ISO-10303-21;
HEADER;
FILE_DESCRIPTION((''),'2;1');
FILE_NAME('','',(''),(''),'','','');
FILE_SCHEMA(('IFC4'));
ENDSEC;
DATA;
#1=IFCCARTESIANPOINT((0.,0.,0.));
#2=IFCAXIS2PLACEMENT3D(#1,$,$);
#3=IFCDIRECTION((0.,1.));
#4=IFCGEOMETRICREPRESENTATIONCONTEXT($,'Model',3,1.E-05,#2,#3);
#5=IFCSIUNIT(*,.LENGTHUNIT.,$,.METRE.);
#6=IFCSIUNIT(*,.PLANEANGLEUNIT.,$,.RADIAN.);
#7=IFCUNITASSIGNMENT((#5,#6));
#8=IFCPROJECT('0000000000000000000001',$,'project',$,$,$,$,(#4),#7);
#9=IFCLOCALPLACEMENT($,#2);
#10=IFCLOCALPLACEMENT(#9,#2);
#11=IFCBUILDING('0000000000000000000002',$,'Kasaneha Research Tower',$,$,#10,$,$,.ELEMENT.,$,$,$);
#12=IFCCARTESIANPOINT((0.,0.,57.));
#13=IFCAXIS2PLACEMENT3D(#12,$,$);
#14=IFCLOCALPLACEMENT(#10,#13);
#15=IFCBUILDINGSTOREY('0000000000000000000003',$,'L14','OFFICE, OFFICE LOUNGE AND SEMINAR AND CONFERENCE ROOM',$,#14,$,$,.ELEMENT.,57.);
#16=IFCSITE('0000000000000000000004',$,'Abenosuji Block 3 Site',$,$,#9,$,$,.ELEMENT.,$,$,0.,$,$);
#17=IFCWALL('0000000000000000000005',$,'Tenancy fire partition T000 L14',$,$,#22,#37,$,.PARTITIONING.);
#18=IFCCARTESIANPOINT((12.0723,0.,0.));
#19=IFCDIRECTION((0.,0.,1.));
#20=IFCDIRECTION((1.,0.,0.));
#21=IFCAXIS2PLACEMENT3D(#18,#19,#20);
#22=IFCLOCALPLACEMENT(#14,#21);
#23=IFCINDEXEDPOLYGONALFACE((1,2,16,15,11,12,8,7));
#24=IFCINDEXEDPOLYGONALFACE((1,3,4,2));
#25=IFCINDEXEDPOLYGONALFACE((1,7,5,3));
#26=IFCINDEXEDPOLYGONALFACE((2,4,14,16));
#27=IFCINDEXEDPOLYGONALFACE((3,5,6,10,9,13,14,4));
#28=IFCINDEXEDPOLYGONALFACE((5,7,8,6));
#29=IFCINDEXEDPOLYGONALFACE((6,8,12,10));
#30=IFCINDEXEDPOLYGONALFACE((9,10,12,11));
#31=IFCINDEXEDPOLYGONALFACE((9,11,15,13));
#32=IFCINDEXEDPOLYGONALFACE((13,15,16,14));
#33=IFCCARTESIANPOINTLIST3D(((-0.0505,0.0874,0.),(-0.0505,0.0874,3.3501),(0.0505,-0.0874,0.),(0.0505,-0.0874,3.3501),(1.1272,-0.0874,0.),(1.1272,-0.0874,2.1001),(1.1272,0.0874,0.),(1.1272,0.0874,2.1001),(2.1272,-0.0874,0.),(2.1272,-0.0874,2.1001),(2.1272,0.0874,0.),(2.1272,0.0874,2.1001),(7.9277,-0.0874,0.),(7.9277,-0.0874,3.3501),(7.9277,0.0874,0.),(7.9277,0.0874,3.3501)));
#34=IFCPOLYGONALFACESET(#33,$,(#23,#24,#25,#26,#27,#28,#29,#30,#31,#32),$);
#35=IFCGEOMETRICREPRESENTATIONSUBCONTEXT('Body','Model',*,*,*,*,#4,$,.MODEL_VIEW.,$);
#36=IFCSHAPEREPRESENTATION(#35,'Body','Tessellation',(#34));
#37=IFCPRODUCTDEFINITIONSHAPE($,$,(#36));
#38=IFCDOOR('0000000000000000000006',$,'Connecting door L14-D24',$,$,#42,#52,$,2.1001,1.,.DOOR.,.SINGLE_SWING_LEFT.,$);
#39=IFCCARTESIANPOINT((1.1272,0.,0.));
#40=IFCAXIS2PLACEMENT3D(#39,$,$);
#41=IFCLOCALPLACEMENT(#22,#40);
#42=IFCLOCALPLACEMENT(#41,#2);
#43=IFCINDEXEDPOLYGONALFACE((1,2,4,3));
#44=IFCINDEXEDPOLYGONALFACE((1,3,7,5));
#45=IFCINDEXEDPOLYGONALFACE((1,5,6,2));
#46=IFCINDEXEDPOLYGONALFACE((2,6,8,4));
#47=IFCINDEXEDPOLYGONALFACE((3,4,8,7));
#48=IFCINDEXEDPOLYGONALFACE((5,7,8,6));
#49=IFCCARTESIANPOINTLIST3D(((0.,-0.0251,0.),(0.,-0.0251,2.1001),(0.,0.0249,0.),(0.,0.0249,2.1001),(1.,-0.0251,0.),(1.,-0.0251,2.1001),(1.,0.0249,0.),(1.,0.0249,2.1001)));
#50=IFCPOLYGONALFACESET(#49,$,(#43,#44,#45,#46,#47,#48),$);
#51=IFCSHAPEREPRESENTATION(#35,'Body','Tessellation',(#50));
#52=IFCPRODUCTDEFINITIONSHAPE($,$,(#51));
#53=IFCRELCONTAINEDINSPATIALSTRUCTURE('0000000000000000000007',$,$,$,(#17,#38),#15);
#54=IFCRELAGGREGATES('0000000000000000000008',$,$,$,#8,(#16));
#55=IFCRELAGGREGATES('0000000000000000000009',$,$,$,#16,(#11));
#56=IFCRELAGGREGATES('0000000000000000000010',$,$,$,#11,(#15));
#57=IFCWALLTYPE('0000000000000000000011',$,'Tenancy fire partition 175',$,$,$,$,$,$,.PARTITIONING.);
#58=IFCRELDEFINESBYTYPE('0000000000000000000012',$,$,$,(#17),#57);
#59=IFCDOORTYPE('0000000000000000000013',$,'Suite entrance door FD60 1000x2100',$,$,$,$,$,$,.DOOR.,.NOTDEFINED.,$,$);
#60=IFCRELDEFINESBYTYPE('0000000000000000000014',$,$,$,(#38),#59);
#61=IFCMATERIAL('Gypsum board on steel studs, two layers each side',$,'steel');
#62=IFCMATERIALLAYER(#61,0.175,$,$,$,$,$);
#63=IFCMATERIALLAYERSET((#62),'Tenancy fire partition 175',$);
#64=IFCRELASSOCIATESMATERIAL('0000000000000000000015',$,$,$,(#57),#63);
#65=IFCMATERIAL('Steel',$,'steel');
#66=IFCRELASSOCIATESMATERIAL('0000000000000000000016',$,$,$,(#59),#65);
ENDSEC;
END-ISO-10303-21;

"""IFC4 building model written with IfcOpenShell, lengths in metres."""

from ifc_helpers import new_model, si_unit, direction, frame, frame_2d, origin, place, context, subcontext, project, spatial, polyline, rectangle, outline, extrude, material, layer, layer_set, type_object, element, fill, save


model = new_model("IFC4")

# Units and contexts
model_context = context("Model", 3, precision=1e-05, world=origin(), true_north=direction((0.0, 1.0)))
body_context = subcontext(model_context, "Body", "Model", "MODEL_VIEW")
ifc_project = project(units=[si_unit("LENGTHUNIT", "METRE"), si_unit("PLANEANGLEUNIT", "RADIAN")], contexts=[model_context])

# Site, building, storey
site_placement = place(None, origin())
site = spatial("IfcSite", under=ifc_project, at=site_placement, Name="Abenosuji Block 3 Site", CompositionType="ELEMENT", RefElevation=0.0)
building_placement = place(site_placement, origin())
building = spatial("IfcBuilding", under=site, at=building_placement, Name="Kasaneha Research Tower", CompositionType="ELEMENT")
storey_placement = place(building_placement, frame((0.0, 0.0, 57.0)))
storey = spatial("IfcBuildingStorey", under=building, at=storey_placement, Name="L14", Description="OFFICE, OFFICE LOUNGE AND SEMINAR AND CONFERENCE ROOM", CompositionType="ELEMENT", Elevation=57.0)

# Wall, opening, door
ifc_material_1 = material(Name="Gypsum board on steel studs, two layers each side", Category="steel")
ifc_layer_1 = layer(ifc_material_1, 0.175)
ifc_layer_set_1 = layer_set([ifc_layer_1], Name="Tenancy fire partition 175")
wall_type_1 = type_object("IfcWallType", Name="Tenancy fire partition 175", PredefinedType="PARTITIONING", material=ifc_layer_set_1)
wall_1_placement = place(storey_placement, frame((12.0723, 0.0, 0.0), z_axis=(0.0, 0.0, 1.0), x_axis=(1.0, 0.0, 0.0)))
wall_1 = element("IfcWall", 1, at=wall_1_placement, inside=storey, type_object=wall_type_1, Name="Tenancy fire partition T000 L14", PredefinedType="PARTITIONING", context=body_context, shape_type="SweptSolid", body=[
    extrude(outline(polyline([(0.0505, -0.0874), (1.1272, -0.0874), (2.1272, -0.0874), (7.9277, -0.0874), (7.9277, 0.0874), (2.1272, 0.0874), (1.1272, 0.0874), (-0.0505, 0.0874), (0.0505, -0.0874)])), origin(), (0.0, 0.0, 1.0), 3.3501),
])
opening_1_placement = place(wall_1_placement, frame((1.1272, 0.0, 0.0)))
opening_1 = element("IfcOpeningElement", 2, at=opening_1_placement, cuts=wall_1, PredefinedType="OPENING", context=body_context, shape_type="SweptSolid", body=[
    extrude(rectangle(XDim=1.0, YDim=2.1001, at=frame_2d((0.5, 1.05))), frame((0.0, 0.0977, 0.0), z_axis=(0.0, -1.0, 0.0), x_axis=(1.0, 0.0, 0.0)), (0.0, 0.0, 1.0), 0.1951),
])
ifc_material_2 = material(Name="Steel", Category="steel")
door_type_1 = type_object("IfcDoorType", Name="Suite entrance door FD60 1000x2100", OperationType="NOTDEFINED", PredefinedType="DOOR", material=ifc_material_2)
door_1_placement = place(opening_1_placement, origin())
door_1 = element("IfcDoor", 3, at=door_1_placement, inside=storey, type_object=door_type_1, Name="Connecting door L14-D24", OperationType="SINGLE_SWING_LEFT", OverallHeight=2.1001, OverallWidth=1.0, PredefinedType="DOOR", context=body_context, shape_type="SweptSolid", body=[
    extrude(rectangle(XDim=1.0, YDim=2.1001, at=frame_2d((0.5, 1.05))), frame((0.0, 0.0249, 0.0), z_axis=(0.0, -1.0, 0.0), x_axis=(1.0, 0.0, 0.0)), (0.0, 0.0, 1.0), 0.05),
])
fill(opening_1, door_1)

save(model, "model.ifc")
